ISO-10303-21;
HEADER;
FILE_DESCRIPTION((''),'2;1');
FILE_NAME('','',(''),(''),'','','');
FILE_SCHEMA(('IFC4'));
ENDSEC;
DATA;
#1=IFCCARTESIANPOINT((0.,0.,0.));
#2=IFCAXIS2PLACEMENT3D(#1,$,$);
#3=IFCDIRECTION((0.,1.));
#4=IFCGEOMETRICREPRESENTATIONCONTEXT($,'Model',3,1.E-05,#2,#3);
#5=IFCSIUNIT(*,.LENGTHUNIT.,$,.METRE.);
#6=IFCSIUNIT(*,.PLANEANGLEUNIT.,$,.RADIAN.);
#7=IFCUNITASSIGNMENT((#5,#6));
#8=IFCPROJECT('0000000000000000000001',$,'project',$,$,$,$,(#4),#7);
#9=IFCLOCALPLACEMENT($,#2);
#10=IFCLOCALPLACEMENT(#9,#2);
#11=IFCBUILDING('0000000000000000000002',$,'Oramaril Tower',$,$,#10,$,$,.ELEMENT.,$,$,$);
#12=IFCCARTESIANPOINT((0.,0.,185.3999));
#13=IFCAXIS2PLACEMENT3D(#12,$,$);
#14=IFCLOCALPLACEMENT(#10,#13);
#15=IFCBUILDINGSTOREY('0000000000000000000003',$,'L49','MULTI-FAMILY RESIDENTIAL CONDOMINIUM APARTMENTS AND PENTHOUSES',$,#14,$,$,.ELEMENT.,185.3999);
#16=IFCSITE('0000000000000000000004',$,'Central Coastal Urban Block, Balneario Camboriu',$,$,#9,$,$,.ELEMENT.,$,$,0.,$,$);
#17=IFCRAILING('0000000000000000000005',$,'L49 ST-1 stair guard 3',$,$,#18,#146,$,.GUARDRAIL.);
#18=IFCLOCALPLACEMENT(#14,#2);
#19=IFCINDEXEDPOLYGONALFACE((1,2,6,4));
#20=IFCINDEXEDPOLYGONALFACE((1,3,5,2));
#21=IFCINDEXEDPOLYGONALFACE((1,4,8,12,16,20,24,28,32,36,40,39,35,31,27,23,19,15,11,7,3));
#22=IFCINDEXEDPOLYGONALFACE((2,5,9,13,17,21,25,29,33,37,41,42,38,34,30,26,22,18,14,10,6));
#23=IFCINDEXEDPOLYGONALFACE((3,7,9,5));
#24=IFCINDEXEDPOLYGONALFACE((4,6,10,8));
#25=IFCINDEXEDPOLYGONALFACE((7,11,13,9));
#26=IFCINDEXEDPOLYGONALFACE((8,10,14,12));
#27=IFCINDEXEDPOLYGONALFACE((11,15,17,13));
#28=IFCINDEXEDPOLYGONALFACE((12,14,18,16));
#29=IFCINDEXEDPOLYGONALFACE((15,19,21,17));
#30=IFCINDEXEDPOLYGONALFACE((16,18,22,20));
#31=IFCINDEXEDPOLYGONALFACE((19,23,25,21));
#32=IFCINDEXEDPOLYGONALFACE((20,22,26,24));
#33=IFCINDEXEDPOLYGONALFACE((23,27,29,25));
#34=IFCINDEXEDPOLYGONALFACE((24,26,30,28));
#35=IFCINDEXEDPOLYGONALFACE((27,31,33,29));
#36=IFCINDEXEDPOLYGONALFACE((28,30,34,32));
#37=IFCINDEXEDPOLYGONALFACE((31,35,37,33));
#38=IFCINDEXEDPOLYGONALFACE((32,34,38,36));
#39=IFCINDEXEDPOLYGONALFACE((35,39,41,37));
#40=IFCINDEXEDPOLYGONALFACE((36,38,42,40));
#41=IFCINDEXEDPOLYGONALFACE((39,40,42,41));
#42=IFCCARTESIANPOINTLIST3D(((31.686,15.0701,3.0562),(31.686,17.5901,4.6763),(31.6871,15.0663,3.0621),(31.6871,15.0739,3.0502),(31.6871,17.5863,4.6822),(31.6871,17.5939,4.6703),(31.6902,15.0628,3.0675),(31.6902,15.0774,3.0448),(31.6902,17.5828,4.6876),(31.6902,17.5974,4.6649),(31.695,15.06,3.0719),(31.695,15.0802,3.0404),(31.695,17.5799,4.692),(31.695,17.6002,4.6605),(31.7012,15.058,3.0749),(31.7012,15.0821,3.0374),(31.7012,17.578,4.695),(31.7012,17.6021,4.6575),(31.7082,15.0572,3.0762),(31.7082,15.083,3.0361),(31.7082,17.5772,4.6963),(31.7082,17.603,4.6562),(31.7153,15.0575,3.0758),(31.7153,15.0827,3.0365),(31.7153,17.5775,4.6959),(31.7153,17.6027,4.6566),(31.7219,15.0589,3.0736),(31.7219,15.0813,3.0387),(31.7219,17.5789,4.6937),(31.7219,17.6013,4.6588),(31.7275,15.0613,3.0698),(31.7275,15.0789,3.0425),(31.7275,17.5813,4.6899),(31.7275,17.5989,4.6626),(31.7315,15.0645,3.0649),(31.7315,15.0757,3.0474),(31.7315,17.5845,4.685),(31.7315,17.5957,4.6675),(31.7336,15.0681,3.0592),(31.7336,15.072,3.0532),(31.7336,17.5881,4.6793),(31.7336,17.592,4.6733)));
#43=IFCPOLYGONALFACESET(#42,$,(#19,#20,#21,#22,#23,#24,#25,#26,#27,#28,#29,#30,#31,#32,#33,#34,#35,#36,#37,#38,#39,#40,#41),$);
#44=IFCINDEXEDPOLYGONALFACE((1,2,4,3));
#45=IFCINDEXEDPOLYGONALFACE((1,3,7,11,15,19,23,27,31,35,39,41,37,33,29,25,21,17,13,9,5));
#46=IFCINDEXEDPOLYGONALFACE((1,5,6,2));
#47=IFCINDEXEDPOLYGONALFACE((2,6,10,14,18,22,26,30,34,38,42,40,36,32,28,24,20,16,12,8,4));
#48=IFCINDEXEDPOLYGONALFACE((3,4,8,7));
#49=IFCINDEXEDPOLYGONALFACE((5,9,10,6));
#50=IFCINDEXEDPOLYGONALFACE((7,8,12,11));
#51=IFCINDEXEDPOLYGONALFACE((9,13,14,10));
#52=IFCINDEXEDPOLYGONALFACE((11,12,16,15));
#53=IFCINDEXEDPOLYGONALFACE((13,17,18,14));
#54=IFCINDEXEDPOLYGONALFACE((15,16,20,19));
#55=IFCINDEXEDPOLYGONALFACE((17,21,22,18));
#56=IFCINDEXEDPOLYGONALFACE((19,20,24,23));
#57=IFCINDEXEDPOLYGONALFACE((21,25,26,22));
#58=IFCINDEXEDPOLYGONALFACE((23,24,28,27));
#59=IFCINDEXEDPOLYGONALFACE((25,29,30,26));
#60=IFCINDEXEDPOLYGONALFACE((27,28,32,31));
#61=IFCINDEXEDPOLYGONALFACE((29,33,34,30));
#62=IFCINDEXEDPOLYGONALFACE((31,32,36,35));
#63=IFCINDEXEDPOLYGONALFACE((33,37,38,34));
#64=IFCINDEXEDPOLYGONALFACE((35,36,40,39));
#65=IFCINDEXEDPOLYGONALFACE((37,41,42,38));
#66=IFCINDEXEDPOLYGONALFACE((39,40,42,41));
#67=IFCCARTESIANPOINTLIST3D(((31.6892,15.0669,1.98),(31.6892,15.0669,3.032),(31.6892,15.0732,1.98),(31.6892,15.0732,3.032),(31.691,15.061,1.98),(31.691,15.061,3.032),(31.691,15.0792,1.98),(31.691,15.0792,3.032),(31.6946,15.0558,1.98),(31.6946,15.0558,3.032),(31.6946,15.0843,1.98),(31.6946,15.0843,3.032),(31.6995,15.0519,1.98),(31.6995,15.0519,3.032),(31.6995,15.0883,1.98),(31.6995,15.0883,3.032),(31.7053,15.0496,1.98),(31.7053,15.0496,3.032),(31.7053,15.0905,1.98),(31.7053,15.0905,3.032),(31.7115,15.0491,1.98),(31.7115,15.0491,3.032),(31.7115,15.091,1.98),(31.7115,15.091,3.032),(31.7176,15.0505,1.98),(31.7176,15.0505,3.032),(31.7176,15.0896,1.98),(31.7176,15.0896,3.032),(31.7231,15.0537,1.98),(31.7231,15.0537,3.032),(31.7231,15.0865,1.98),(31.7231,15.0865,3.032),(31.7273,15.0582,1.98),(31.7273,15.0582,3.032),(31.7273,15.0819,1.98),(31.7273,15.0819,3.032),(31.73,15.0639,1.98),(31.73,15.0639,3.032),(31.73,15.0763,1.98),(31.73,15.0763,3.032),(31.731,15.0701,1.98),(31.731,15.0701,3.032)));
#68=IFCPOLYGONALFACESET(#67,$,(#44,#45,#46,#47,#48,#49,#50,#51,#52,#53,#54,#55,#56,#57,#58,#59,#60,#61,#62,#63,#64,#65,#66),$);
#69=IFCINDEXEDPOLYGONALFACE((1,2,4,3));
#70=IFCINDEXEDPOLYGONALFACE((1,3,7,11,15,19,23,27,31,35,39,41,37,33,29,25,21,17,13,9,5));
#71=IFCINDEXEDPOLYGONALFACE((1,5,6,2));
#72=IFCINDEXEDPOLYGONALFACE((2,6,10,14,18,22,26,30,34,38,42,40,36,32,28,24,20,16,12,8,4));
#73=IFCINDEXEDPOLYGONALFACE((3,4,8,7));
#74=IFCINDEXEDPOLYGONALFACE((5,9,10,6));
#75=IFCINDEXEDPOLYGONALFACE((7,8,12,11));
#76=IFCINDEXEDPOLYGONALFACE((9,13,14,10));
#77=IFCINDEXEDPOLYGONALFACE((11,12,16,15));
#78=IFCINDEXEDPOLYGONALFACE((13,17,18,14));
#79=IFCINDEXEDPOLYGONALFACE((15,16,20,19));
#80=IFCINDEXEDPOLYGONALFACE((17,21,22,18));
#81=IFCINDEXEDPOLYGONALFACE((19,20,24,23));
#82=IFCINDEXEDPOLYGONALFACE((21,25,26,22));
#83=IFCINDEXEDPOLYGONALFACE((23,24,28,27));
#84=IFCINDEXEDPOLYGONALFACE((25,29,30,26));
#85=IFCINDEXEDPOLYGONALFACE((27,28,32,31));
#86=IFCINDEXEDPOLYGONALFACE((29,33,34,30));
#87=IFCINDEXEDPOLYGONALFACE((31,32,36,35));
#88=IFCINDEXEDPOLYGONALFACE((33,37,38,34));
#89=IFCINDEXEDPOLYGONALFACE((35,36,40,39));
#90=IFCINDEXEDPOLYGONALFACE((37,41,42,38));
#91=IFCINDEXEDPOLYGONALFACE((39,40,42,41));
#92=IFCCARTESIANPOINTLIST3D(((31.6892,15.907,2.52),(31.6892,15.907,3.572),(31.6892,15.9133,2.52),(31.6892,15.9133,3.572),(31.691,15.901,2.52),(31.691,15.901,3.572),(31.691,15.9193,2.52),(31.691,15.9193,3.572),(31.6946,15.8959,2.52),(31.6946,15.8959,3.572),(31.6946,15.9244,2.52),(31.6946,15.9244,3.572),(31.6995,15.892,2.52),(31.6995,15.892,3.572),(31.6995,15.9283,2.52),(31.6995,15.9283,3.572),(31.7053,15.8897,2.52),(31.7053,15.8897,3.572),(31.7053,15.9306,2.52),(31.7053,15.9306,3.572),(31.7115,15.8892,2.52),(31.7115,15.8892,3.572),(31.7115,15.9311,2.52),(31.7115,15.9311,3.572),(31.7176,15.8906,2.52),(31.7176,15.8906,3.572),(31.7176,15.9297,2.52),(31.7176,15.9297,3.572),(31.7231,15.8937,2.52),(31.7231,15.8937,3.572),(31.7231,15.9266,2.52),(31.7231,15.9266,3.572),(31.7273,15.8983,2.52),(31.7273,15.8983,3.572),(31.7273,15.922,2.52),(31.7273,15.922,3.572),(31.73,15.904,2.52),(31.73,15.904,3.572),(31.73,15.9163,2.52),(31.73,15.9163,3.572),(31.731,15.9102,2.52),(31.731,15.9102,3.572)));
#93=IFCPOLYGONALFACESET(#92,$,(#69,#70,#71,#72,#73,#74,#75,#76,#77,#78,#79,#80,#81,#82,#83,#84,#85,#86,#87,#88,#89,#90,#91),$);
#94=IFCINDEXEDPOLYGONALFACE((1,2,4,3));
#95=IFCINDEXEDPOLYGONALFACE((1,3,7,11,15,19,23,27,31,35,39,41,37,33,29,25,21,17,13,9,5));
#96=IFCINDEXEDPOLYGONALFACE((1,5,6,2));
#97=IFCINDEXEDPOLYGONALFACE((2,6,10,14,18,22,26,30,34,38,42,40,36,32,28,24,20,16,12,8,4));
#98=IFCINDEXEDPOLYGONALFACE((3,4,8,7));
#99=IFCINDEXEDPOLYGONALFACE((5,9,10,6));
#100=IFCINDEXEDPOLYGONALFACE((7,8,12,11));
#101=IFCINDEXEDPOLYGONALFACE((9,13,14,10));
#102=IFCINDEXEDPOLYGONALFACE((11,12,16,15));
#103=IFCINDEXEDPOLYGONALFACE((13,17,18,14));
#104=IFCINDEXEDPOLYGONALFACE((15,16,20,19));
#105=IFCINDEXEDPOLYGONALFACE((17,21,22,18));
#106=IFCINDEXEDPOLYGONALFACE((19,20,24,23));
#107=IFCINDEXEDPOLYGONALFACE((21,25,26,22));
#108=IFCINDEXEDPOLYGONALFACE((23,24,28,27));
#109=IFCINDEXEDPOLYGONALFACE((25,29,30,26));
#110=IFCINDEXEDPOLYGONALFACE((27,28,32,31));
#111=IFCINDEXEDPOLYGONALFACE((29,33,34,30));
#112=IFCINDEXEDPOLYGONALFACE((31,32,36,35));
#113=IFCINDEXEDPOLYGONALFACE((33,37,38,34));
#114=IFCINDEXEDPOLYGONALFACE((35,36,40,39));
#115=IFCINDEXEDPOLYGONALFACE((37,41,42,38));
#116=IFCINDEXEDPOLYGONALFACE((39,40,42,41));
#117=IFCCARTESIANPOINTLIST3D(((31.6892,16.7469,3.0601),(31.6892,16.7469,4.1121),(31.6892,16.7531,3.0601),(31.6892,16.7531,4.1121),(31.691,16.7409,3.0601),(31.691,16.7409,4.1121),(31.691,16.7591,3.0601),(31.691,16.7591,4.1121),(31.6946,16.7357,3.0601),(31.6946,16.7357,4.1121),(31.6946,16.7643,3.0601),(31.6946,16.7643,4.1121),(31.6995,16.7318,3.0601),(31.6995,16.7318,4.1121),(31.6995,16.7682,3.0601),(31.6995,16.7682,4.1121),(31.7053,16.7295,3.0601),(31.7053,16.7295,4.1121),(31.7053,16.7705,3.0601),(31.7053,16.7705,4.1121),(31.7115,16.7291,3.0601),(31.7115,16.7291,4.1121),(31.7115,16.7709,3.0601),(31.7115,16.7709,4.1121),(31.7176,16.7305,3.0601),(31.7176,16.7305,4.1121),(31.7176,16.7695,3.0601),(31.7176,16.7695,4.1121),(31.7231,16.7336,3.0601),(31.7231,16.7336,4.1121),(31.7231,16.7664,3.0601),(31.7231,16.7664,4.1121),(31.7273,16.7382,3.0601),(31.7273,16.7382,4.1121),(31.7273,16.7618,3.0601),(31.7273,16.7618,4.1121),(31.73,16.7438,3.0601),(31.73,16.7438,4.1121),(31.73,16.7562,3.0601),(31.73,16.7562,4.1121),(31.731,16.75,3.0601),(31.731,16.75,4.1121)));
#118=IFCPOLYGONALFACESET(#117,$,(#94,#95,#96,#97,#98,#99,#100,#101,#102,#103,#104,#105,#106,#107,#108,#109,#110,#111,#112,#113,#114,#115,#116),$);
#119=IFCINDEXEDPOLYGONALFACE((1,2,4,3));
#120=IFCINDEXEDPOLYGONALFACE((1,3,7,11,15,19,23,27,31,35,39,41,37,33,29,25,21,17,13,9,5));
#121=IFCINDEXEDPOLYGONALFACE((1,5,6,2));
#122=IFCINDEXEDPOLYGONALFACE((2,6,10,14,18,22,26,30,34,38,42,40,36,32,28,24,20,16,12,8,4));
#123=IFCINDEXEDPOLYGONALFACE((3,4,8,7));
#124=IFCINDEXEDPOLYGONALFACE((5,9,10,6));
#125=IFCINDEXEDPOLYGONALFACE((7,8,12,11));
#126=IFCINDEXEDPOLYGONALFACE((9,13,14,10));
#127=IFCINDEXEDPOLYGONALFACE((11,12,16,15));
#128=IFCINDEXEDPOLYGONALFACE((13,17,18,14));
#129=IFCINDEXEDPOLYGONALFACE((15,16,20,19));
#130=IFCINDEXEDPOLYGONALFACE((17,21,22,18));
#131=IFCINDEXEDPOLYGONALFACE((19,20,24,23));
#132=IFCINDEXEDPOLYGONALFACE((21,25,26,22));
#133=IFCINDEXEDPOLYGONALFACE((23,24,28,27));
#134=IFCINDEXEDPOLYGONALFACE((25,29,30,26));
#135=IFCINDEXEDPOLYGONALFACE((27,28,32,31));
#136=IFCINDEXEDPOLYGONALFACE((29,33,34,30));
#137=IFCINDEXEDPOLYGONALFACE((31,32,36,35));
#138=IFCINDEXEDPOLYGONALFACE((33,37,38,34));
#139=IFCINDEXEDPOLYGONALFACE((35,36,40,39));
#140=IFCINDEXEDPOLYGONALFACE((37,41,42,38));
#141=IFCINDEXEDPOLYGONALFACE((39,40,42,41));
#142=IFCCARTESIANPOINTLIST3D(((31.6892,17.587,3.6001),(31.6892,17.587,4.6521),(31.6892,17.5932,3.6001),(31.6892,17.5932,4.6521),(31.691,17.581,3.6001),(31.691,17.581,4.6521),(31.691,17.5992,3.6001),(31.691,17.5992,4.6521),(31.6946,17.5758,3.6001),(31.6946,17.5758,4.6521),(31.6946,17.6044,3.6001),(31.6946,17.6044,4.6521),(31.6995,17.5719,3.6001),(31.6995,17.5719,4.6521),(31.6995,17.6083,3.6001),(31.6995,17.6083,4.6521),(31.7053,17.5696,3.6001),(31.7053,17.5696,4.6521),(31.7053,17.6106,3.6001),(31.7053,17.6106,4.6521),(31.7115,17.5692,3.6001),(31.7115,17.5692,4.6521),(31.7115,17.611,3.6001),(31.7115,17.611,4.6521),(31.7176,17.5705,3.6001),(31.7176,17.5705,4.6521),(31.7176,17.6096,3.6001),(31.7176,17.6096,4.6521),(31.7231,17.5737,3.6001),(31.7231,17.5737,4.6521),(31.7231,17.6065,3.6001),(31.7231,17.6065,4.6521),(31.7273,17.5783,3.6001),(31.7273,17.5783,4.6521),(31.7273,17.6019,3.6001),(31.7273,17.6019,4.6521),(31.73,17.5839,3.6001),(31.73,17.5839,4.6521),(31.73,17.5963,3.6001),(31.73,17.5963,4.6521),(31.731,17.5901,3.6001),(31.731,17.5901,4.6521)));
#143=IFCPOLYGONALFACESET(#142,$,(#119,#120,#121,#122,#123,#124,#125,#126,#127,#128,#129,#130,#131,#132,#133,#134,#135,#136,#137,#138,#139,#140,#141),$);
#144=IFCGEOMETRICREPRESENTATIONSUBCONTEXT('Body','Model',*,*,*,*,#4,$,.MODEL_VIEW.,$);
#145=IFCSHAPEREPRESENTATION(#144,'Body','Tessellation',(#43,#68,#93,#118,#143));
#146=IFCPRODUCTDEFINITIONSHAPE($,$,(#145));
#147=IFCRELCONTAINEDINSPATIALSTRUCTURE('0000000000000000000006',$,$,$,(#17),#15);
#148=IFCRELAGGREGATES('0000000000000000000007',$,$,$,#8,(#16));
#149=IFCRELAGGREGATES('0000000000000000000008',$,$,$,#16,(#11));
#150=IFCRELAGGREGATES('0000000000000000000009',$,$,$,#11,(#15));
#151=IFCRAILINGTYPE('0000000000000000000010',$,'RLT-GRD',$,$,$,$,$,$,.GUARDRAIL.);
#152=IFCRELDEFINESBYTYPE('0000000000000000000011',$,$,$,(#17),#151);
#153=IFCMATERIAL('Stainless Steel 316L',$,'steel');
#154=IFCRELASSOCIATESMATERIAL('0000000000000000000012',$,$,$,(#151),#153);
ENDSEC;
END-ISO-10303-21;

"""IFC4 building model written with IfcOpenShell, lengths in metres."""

from ifc_helpers import new_model, si_unit, direction, frame, origin, origin_2d, place, context, subcontext, project, spatial, circle, extrude, material, type_object, element, save


model = new_model("IFC4")

# Units and contexts
model_context = context("Model", 3, precision=1e-05, world=origin(), true_north=direction((0.0, 1.0)))
body_context = subcontext(model_context, "Body", "Model", "MODEL_VIEW")
ifc_project = project(units=[si_unit("LENGTHUNIT", "METRE"), si_unit("PLANEANGLEUNIT", "RADIAN")], contexts=[model_context])

# Site, building, storey
site_placement = place(None, origin())
site = spatial("IfcSite", under=ifc_project, at=site_placement, Name="Central Coastal Urban Block, Balneario Camboriu", CompositionType="ELEMENT", RefElevation=0.0)
building_placement = place(site_placement, origin())
building = spatial("IfcBuilding", under=site, at=building_placement, Name="Oramaril Tower", CompositionType="ELEMENT")
storey_placement = place(building_placement, frame((0.0, 0.0, 185.3999)))
storey = spatial("IfcBuildingStorey", under=building, at=storey_placement, Name="L49", Description="MULTI-FAMILY RESIDENTIAL CONDOMINIUM APARTMENTS AND PENTHOUSES", CompositionType="ELEMENT", Elevation=185.3999)

# Railing
ifc_material_1 = material(Name="Stainless Steel 316L", Category="steel")
railing_type_1 = type_object("IfcRailingType", Name="RLT-GRD", PredefinedType="GUARDRAIL", material=ifc_material_1)
railing_1_placement = place(storey_placement, frame((31.71, 15.0701, 1.98)))
element("IfcRailing", 1, at=railing_1_placement, inside=storey, type_object=railing_type_1, Name="L49 ST-1 stair guard 3", PredefinedType="GUARDRAIL", context=body_context, shape_type="SweptSolid", body=[
    extrude(circle(Radius=0.0239, at=origin_2d()), frame((0.0, 0.0, 1.0762), z_axis=(0.0, 0.841163, 0.540782), x_axis=(-1.0, 0.0, 0.0)), (0.0, 0.0, 1.0), 2.9958),
    extrude(circle(Radius=0.021, at=origin_2d()), origin(), (0.0, 0.0, 1.0), 1.052),
    extrude(circle(Radius=0.021, at=origin_2d()), frame((0.0, 0.8401, 0.54)), (0.0, 0.0, 1.0), 1.052),
    extrude(circle(Radius=0.021, at=origin_2d()), frame((0.0, 1.6799, 1.0801)), (0.0, 0.0, 1.0), 1.052),
    extrude(circle(Radius=0.021, at=origin_2d()), frame((0.0, 2.52, 1.6201)), (0.0, 0.0, 1.0), 1.052),
])

save(model, "model.ifc")
